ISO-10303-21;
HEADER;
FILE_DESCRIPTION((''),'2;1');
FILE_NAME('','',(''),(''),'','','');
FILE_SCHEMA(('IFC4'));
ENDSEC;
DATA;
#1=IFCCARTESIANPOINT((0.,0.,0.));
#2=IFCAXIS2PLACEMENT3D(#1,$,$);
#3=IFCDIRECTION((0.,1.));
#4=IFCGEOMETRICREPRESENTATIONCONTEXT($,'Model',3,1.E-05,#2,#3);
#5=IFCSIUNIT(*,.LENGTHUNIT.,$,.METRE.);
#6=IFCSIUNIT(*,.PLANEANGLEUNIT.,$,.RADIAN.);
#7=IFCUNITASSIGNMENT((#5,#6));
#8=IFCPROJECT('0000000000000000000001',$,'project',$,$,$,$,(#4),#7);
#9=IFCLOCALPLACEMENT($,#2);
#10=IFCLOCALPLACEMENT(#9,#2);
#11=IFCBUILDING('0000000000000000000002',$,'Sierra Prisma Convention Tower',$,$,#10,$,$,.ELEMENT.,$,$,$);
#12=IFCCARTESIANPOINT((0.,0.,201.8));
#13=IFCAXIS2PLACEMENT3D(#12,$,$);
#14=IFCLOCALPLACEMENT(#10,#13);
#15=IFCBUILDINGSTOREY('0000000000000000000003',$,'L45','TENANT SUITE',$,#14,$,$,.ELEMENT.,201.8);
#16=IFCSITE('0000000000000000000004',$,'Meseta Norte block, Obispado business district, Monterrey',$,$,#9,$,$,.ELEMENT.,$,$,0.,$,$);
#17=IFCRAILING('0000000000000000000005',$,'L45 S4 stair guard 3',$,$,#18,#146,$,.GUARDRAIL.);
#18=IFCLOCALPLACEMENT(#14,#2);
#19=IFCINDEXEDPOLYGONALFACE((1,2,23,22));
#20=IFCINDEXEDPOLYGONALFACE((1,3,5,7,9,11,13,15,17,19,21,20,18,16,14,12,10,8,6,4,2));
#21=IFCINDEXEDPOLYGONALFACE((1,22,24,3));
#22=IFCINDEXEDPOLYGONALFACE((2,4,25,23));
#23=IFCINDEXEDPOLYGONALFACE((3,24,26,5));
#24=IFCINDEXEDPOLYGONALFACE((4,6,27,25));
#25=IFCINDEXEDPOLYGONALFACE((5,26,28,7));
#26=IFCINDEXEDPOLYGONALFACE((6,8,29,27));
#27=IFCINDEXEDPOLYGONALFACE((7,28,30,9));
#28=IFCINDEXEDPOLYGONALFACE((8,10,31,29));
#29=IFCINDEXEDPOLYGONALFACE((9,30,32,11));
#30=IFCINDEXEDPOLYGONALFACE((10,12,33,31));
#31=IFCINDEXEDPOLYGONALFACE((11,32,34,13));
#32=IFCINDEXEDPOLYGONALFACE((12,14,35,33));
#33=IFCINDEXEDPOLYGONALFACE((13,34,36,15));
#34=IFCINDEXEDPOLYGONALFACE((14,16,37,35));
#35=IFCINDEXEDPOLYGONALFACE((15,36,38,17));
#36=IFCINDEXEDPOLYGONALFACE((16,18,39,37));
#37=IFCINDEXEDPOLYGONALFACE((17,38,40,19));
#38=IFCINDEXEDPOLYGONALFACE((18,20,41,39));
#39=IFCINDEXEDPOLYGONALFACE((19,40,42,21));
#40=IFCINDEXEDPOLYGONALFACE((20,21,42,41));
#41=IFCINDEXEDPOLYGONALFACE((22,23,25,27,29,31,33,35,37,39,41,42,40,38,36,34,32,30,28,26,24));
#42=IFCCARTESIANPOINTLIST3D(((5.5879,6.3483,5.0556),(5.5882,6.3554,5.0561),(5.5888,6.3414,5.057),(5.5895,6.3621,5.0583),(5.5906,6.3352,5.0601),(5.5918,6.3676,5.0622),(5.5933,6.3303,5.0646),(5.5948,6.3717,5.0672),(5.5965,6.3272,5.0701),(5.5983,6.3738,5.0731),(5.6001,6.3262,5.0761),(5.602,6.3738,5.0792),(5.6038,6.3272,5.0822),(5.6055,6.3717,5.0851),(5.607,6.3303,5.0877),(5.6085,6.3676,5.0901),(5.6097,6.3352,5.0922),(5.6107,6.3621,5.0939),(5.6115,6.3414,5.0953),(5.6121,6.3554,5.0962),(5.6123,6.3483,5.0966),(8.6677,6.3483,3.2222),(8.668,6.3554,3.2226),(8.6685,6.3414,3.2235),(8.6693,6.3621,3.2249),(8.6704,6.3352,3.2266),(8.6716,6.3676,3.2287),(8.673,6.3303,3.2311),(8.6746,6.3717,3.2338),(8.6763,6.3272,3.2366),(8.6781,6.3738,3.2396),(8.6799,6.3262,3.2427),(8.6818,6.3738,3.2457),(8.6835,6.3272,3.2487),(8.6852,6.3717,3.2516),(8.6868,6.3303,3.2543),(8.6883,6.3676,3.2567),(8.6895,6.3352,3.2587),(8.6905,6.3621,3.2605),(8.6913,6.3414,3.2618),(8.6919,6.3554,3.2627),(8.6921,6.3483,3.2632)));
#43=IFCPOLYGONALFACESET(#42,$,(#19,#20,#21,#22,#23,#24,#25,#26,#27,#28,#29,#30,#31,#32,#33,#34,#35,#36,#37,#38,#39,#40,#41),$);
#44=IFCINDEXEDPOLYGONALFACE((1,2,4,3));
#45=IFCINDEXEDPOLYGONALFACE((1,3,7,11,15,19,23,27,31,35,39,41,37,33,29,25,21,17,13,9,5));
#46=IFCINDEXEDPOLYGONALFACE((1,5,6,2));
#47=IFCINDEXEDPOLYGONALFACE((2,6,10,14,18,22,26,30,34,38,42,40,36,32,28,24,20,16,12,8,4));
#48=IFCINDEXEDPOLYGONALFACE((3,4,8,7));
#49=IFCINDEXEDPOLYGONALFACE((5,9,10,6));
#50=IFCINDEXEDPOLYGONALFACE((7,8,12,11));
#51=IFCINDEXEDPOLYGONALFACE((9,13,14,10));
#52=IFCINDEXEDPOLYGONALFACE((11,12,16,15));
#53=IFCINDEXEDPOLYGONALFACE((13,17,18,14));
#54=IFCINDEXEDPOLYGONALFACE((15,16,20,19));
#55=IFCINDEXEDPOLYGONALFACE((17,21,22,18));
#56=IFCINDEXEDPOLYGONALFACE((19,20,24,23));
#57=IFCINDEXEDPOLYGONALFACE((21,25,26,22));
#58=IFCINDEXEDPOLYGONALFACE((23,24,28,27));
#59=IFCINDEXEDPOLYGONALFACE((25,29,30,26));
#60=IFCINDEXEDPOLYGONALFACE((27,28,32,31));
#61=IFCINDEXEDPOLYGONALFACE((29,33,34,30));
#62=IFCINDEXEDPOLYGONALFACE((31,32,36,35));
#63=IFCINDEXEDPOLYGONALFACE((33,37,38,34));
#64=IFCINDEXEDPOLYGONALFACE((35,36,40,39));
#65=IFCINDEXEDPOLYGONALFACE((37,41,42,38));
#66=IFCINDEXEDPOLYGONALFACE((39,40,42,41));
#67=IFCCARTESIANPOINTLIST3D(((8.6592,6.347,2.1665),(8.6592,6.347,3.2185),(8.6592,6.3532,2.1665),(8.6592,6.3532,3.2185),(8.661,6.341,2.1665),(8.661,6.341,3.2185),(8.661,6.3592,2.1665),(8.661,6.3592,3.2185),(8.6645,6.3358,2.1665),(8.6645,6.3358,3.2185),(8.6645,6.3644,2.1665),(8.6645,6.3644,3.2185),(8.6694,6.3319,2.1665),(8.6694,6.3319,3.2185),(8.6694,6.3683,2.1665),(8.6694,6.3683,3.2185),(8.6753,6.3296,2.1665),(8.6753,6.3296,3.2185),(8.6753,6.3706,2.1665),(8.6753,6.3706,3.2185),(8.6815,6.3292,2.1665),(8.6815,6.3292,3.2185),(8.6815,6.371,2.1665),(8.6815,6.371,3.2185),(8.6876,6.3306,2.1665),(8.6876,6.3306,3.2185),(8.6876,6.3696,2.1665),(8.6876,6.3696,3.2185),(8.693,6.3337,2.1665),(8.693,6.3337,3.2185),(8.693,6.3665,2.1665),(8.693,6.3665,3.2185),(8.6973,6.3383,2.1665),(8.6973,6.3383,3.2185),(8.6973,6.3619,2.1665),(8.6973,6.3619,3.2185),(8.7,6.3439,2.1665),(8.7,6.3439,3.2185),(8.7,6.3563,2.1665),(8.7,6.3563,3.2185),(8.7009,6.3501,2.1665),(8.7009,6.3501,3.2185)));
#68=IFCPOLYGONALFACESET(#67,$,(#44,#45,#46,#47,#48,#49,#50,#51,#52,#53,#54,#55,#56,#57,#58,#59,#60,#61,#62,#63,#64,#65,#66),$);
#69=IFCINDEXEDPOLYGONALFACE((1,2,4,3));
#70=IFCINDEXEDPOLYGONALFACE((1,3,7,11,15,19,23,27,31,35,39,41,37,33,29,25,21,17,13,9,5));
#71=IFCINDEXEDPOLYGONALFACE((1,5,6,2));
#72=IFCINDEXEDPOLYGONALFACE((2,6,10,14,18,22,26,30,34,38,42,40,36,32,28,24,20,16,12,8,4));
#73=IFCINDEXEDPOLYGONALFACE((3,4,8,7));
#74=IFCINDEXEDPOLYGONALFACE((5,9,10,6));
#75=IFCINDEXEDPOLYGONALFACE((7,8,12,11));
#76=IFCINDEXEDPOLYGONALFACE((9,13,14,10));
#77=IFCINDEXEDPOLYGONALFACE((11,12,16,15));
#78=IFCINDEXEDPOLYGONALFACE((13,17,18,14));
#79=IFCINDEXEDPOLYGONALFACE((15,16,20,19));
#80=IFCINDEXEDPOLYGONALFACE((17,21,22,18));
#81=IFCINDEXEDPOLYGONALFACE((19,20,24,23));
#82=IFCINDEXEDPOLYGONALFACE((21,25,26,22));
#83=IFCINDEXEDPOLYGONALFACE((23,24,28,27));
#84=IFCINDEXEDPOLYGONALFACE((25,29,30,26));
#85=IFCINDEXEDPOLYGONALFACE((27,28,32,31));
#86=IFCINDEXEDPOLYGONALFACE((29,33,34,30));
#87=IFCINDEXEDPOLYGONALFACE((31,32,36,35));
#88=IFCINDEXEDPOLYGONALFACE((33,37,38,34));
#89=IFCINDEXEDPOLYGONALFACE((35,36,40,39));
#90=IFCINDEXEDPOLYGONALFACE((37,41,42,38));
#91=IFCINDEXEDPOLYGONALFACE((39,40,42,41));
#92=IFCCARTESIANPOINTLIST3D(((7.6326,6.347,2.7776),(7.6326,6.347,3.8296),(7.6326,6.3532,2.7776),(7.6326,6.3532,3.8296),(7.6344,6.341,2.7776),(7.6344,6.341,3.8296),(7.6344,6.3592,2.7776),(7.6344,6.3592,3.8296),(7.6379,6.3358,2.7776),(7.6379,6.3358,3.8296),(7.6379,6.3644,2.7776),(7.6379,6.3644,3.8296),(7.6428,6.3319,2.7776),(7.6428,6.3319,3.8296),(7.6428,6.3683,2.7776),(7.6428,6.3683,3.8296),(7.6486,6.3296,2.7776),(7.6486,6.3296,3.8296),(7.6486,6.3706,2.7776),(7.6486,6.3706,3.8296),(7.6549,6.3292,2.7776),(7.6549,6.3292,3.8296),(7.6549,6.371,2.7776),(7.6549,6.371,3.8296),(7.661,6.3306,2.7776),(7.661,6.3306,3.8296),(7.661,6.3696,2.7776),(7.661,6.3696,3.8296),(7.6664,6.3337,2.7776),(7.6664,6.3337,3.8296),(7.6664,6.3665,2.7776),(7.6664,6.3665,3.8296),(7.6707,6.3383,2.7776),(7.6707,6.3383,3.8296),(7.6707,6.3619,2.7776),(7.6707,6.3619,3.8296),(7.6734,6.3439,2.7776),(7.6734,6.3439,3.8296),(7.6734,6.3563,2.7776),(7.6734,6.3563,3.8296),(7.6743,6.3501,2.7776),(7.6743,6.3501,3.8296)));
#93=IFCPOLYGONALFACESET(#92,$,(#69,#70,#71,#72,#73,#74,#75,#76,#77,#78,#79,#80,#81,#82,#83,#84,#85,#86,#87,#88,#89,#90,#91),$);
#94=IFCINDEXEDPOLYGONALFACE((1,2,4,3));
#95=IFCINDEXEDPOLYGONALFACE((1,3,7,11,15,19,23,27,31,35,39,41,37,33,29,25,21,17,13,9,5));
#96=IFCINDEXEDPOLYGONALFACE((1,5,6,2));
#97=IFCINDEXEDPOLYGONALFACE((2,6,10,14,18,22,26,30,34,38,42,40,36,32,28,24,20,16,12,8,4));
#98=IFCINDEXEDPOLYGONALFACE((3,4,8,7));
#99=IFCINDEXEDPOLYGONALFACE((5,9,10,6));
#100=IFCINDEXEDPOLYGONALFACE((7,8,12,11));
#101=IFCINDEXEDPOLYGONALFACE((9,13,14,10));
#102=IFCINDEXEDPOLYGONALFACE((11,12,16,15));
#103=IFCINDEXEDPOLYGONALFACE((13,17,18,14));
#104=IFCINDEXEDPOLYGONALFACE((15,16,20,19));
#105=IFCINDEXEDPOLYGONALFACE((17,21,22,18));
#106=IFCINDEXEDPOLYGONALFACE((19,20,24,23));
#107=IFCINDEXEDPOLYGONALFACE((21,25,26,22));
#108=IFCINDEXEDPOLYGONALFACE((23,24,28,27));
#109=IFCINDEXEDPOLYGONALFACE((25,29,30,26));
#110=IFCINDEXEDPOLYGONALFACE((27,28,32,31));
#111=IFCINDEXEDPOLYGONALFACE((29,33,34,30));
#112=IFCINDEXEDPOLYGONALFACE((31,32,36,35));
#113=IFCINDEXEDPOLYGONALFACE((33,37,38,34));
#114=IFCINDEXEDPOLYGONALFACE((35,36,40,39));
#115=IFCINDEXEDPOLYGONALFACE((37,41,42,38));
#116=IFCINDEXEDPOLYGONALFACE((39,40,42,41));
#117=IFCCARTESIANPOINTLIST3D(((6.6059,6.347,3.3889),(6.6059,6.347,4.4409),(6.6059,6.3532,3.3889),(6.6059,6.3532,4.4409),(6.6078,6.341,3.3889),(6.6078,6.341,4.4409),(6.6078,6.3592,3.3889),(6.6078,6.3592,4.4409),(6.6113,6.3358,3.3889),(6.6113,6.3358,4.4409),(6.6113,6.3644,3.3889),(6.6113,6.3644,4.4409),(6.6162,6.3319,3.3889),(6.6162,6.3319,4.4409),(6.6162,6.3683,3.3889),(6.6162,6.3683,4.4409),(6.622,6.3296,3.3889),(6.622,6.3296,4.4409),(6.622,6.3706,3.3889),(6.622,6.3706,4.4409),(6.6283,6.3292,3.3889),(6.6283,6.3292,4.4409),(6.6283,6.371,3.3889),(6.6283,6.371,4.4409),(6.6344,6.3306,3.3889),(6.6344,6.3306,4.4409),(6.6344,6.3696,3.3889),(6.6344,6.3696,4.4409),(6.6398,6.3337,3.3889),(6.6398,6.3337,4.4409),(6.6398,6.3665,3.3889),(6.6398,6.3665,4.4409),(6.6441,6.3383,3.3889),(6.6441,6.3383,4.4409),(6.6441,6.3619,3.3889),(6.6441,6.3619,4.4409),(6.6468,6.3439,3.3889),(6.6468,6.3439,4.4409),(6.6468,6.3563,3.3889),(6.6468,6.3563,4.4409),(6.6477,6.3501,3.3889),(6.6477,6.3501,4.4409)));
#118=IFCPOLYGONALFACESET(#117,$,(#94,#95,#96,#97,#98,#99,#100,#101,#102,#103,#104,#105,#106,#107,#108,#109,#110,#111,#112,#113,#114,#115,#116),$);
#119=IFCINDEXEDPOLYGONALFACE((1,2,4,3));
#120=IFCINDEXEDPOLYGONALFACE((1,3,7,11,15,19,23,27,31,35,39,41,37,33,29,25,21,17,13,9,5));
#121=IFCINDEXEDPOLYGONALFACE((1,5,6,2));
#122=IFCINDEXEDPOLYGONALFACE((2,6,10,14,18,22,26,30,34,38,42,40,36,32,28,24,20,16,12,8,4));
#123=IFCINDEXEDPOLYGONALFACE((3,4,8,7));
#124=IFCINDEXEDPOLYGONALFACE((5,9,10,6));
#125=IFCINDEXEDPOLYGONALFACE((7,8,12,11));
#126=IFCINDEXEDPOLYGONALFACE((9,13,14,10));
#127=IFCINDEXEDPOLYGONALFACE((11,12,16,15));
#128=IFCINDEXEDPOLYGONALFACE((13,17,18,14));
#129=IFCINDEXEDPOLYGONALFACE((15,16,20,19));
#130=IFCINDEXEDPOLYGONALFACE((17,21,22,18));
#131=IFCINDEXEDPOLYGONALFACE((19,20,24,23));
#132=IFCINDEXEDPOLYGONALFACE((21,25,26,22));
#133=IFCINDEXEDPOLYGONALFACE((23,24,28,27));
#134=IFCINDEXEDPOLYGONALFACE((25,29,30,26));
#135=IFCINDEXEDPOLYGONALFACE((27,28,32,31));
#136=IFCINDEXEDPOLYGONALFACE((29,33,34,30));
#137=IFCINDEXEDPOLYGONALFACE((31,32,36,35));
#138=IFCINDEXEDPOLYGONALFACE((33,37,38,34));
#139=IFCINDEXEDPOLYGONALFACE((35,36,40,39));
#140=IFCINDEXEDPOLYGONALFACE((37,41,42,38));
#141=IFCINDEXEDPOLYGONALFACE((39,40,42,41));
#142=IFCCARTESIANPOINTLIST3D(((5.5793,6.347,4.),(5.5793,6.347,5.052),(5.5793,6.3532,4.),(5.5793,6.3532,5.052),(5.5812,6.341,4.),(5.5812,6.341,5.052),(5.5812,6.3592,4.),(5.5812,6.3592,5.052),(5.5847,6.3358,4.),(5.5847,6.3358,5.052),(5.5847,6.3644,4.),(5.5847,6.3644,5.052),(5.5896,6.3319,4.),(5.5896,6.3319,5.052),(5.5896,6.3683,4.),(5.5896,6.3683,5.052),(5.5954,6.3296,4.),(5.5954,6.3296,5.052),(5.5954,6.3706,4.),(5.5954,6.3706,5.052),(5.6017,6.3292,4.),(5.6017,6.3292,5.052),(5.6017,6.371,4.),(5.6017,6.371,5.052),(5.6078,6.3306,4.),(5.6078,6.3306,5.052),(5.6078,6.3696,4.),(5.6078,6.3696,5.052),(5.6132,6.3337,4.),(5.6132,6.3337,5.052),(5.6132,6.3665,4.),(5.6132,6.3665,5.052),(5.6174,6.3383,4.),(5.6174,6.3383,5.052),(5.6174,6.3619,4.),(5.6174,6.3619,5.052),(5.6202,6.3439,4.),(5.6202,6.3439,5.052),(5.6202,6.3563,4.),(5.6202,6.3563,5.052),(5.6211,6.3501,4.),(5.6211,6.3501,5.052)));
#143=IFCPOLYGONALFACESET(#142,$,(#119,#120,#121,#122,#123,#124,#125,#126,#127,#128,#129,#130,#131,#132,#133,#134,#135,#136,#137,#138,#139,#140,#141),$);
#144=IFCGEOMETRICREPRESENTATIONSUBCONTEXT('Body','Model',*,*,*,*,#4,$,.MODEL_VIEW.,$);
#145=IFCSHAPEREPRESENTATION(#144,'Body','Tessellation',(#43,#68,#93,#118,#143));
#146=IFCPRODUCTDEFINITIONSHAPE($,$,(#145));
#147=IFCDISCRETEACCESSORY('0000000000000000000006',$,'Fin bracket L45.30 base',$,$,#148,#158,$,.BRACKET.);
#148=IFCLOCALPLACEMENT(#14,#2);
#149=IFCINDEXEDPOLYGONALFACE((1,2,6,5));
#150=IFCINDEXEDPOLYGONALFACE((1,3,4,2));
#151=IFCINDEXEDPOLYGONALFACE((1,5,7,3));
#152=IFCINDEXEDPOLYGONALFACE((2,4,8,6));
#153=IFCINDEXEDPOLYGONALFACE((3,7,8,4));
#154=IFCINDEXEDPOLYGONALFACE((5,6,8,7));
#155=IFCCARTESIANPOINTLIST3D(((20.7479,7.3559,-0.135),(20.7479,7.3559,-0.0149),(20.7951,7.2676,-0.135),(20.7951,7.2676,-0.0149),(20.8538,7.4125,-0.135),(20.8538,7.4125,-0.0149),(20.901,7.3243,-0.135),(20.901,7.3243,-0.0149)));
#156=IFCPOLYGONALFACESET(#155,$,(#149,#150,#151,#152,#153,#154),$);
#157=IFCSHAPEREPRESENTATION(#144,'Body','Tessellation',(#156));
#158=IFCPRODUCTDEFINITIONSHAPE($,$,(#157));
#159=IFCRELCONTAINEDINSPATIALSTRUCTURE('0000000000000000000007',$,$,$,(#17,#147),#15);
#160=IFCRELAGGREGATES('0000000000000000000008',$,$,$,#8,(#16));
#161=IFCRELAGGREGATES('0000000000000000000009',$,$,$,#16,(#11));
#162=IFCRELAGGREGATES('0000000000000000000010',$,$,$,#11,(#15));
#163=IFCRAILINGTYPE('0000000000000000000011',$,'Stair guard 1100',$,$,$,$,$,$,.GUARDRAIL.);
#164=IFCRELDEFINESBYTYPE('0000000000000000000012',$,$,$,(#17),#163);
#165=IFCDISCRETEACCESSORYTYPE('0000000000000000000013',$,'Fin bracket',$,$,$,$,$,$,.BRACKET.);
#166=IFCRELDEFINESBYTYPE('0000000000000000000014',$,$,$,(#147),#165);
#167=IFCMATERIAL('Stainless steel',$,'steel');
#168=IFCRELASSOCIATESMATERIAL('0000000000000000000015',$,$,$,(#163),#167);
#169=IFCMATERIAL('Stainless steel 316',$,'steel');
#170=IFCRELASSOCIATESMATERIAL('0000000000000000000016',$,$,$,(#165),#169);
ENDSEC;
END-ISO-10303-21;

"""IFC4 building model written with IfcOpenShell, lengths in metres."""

from ifc_helpers import new_model, si_unit, direction, frame, origin, origin_2d, place, context, subcontext, project, spatial, rectangle, circle, extrude, material, type_object, element, save


model = new_model("IFC4")

# Units and contexts
model_context = context("Model", 3, precision=1e-05, world=origin(), true_north=direction((0.0, 1.0)))
body_context = subcontext(model_context, "Body", "Model", "MODEL_VIEW")
ifc_project = project(units=[si_unit("LENGTHUNIT", "METRE"), si_unit("PLANEANGLEUNIT", "RADIAN")], contexts=[model_context])

# Site, building, storey
site_placement = place(None, origin())
site = spatial("IfcSite", under=ifc_project, at=site_placement, Name="Meseta Norte block, Obispado business district, Monterrey", CompositionType="ELEMENT", RefElevation=0.0)
building_placement = place(site_placement, origin())
building = spatial("IfcBuilding", under=site, at=building_placement, Name="Sierra Prisma Convention Tower", CompositionType="ELEMENT")
storey_placement = place(building_placement, frame((0.0, 0.0, 201.8)))
storey = spatial("IfcBuildingStorey", under=building, at=storey_placement, Name="L45", Description="TENANT SUITE", CompositionType="ELEMENT", Elevation=201.8)

# Railing
ifc_material_1 = material(Name="Stainless steel", Category="steel")
railing_type_1 = type_object("IfcRailingType", Name="Stair guard 1100", PredefinedType="GUARDRAIL", material=ifc_material_1)
railing_1_placement = place(storey_placement, frame((8.6799, 6.3501, 2.1665)))
element("IfcRailing", 1, at=railing_1_placement, inside=storey, type_object=railing_type_1, Name="L45 S4 stair guard 3", PredefinedType="GUARDRAIL", context=body_context, shape_type="SweptSolid", body=[
    extrude(circle(Radius=0.0239, at=origin_2d()), frame((0.0, 0.0, 1.0762), z_axis=(-0.859261, 0.0, 0.511538), x_axis=(0.0, -1.0, 0.0)), (0.0, 0.0, 1.0), 3.5842),
    extrude(circle(Radius=0.021, at=origin_2d()), origin(), (0.0, 0.0, 1.0), 1.052),
    extrude(circle(Radius=0.021, at=origin_2d()), frame((-1.0266, 0.0, 0.6111)), (0.0, 0.0, 1.0), 1.052),
    extrude(circle(Radius=0.021, at=origin_2d()), frame((-2.0532, 0.0, 1.2224)), (0.0, 0.0, 1.0), 1.052),
    extrude(circle(Radius=0.021, at=origin_2d()), frame((-3.0798, 0.0, 1.8335)), (0.0, 0.0, 1.0), 1.052),
])

# Discrete accessory
ifc_material_2 = material(Name="Stainless steel 316", Category="steel")
discrete_accessory_type = type_object("IfcDiscreteAccessoryType", Name="Fin bracket", PredefinedType="BRACKET", material=ifc_material_2)
discrete_accessory_placement = place(storey_placement, frame((20.8245, 7.3401, -0.135), z_axis=(0.0, 0.0, 1.0), x_axis=(0.881847, 0.471536, 0.0)))
element("IfcDiscreteAccessory", 2, at=discrete_accessory_placement, inside=storey, type_object=discrete_accessory_type, Name="Fin bracket L45.30 base", PredefinedType="BRACKET", context=body_context, shape_type="SweptSolid", body=[
    extrude(rectangle(XDim=0.1201, YDim=0.1001, at=origin_2d()), origin(), (0.0, 0.0, 1.0), 0.1201),
])

save(model, "model.ifc")
